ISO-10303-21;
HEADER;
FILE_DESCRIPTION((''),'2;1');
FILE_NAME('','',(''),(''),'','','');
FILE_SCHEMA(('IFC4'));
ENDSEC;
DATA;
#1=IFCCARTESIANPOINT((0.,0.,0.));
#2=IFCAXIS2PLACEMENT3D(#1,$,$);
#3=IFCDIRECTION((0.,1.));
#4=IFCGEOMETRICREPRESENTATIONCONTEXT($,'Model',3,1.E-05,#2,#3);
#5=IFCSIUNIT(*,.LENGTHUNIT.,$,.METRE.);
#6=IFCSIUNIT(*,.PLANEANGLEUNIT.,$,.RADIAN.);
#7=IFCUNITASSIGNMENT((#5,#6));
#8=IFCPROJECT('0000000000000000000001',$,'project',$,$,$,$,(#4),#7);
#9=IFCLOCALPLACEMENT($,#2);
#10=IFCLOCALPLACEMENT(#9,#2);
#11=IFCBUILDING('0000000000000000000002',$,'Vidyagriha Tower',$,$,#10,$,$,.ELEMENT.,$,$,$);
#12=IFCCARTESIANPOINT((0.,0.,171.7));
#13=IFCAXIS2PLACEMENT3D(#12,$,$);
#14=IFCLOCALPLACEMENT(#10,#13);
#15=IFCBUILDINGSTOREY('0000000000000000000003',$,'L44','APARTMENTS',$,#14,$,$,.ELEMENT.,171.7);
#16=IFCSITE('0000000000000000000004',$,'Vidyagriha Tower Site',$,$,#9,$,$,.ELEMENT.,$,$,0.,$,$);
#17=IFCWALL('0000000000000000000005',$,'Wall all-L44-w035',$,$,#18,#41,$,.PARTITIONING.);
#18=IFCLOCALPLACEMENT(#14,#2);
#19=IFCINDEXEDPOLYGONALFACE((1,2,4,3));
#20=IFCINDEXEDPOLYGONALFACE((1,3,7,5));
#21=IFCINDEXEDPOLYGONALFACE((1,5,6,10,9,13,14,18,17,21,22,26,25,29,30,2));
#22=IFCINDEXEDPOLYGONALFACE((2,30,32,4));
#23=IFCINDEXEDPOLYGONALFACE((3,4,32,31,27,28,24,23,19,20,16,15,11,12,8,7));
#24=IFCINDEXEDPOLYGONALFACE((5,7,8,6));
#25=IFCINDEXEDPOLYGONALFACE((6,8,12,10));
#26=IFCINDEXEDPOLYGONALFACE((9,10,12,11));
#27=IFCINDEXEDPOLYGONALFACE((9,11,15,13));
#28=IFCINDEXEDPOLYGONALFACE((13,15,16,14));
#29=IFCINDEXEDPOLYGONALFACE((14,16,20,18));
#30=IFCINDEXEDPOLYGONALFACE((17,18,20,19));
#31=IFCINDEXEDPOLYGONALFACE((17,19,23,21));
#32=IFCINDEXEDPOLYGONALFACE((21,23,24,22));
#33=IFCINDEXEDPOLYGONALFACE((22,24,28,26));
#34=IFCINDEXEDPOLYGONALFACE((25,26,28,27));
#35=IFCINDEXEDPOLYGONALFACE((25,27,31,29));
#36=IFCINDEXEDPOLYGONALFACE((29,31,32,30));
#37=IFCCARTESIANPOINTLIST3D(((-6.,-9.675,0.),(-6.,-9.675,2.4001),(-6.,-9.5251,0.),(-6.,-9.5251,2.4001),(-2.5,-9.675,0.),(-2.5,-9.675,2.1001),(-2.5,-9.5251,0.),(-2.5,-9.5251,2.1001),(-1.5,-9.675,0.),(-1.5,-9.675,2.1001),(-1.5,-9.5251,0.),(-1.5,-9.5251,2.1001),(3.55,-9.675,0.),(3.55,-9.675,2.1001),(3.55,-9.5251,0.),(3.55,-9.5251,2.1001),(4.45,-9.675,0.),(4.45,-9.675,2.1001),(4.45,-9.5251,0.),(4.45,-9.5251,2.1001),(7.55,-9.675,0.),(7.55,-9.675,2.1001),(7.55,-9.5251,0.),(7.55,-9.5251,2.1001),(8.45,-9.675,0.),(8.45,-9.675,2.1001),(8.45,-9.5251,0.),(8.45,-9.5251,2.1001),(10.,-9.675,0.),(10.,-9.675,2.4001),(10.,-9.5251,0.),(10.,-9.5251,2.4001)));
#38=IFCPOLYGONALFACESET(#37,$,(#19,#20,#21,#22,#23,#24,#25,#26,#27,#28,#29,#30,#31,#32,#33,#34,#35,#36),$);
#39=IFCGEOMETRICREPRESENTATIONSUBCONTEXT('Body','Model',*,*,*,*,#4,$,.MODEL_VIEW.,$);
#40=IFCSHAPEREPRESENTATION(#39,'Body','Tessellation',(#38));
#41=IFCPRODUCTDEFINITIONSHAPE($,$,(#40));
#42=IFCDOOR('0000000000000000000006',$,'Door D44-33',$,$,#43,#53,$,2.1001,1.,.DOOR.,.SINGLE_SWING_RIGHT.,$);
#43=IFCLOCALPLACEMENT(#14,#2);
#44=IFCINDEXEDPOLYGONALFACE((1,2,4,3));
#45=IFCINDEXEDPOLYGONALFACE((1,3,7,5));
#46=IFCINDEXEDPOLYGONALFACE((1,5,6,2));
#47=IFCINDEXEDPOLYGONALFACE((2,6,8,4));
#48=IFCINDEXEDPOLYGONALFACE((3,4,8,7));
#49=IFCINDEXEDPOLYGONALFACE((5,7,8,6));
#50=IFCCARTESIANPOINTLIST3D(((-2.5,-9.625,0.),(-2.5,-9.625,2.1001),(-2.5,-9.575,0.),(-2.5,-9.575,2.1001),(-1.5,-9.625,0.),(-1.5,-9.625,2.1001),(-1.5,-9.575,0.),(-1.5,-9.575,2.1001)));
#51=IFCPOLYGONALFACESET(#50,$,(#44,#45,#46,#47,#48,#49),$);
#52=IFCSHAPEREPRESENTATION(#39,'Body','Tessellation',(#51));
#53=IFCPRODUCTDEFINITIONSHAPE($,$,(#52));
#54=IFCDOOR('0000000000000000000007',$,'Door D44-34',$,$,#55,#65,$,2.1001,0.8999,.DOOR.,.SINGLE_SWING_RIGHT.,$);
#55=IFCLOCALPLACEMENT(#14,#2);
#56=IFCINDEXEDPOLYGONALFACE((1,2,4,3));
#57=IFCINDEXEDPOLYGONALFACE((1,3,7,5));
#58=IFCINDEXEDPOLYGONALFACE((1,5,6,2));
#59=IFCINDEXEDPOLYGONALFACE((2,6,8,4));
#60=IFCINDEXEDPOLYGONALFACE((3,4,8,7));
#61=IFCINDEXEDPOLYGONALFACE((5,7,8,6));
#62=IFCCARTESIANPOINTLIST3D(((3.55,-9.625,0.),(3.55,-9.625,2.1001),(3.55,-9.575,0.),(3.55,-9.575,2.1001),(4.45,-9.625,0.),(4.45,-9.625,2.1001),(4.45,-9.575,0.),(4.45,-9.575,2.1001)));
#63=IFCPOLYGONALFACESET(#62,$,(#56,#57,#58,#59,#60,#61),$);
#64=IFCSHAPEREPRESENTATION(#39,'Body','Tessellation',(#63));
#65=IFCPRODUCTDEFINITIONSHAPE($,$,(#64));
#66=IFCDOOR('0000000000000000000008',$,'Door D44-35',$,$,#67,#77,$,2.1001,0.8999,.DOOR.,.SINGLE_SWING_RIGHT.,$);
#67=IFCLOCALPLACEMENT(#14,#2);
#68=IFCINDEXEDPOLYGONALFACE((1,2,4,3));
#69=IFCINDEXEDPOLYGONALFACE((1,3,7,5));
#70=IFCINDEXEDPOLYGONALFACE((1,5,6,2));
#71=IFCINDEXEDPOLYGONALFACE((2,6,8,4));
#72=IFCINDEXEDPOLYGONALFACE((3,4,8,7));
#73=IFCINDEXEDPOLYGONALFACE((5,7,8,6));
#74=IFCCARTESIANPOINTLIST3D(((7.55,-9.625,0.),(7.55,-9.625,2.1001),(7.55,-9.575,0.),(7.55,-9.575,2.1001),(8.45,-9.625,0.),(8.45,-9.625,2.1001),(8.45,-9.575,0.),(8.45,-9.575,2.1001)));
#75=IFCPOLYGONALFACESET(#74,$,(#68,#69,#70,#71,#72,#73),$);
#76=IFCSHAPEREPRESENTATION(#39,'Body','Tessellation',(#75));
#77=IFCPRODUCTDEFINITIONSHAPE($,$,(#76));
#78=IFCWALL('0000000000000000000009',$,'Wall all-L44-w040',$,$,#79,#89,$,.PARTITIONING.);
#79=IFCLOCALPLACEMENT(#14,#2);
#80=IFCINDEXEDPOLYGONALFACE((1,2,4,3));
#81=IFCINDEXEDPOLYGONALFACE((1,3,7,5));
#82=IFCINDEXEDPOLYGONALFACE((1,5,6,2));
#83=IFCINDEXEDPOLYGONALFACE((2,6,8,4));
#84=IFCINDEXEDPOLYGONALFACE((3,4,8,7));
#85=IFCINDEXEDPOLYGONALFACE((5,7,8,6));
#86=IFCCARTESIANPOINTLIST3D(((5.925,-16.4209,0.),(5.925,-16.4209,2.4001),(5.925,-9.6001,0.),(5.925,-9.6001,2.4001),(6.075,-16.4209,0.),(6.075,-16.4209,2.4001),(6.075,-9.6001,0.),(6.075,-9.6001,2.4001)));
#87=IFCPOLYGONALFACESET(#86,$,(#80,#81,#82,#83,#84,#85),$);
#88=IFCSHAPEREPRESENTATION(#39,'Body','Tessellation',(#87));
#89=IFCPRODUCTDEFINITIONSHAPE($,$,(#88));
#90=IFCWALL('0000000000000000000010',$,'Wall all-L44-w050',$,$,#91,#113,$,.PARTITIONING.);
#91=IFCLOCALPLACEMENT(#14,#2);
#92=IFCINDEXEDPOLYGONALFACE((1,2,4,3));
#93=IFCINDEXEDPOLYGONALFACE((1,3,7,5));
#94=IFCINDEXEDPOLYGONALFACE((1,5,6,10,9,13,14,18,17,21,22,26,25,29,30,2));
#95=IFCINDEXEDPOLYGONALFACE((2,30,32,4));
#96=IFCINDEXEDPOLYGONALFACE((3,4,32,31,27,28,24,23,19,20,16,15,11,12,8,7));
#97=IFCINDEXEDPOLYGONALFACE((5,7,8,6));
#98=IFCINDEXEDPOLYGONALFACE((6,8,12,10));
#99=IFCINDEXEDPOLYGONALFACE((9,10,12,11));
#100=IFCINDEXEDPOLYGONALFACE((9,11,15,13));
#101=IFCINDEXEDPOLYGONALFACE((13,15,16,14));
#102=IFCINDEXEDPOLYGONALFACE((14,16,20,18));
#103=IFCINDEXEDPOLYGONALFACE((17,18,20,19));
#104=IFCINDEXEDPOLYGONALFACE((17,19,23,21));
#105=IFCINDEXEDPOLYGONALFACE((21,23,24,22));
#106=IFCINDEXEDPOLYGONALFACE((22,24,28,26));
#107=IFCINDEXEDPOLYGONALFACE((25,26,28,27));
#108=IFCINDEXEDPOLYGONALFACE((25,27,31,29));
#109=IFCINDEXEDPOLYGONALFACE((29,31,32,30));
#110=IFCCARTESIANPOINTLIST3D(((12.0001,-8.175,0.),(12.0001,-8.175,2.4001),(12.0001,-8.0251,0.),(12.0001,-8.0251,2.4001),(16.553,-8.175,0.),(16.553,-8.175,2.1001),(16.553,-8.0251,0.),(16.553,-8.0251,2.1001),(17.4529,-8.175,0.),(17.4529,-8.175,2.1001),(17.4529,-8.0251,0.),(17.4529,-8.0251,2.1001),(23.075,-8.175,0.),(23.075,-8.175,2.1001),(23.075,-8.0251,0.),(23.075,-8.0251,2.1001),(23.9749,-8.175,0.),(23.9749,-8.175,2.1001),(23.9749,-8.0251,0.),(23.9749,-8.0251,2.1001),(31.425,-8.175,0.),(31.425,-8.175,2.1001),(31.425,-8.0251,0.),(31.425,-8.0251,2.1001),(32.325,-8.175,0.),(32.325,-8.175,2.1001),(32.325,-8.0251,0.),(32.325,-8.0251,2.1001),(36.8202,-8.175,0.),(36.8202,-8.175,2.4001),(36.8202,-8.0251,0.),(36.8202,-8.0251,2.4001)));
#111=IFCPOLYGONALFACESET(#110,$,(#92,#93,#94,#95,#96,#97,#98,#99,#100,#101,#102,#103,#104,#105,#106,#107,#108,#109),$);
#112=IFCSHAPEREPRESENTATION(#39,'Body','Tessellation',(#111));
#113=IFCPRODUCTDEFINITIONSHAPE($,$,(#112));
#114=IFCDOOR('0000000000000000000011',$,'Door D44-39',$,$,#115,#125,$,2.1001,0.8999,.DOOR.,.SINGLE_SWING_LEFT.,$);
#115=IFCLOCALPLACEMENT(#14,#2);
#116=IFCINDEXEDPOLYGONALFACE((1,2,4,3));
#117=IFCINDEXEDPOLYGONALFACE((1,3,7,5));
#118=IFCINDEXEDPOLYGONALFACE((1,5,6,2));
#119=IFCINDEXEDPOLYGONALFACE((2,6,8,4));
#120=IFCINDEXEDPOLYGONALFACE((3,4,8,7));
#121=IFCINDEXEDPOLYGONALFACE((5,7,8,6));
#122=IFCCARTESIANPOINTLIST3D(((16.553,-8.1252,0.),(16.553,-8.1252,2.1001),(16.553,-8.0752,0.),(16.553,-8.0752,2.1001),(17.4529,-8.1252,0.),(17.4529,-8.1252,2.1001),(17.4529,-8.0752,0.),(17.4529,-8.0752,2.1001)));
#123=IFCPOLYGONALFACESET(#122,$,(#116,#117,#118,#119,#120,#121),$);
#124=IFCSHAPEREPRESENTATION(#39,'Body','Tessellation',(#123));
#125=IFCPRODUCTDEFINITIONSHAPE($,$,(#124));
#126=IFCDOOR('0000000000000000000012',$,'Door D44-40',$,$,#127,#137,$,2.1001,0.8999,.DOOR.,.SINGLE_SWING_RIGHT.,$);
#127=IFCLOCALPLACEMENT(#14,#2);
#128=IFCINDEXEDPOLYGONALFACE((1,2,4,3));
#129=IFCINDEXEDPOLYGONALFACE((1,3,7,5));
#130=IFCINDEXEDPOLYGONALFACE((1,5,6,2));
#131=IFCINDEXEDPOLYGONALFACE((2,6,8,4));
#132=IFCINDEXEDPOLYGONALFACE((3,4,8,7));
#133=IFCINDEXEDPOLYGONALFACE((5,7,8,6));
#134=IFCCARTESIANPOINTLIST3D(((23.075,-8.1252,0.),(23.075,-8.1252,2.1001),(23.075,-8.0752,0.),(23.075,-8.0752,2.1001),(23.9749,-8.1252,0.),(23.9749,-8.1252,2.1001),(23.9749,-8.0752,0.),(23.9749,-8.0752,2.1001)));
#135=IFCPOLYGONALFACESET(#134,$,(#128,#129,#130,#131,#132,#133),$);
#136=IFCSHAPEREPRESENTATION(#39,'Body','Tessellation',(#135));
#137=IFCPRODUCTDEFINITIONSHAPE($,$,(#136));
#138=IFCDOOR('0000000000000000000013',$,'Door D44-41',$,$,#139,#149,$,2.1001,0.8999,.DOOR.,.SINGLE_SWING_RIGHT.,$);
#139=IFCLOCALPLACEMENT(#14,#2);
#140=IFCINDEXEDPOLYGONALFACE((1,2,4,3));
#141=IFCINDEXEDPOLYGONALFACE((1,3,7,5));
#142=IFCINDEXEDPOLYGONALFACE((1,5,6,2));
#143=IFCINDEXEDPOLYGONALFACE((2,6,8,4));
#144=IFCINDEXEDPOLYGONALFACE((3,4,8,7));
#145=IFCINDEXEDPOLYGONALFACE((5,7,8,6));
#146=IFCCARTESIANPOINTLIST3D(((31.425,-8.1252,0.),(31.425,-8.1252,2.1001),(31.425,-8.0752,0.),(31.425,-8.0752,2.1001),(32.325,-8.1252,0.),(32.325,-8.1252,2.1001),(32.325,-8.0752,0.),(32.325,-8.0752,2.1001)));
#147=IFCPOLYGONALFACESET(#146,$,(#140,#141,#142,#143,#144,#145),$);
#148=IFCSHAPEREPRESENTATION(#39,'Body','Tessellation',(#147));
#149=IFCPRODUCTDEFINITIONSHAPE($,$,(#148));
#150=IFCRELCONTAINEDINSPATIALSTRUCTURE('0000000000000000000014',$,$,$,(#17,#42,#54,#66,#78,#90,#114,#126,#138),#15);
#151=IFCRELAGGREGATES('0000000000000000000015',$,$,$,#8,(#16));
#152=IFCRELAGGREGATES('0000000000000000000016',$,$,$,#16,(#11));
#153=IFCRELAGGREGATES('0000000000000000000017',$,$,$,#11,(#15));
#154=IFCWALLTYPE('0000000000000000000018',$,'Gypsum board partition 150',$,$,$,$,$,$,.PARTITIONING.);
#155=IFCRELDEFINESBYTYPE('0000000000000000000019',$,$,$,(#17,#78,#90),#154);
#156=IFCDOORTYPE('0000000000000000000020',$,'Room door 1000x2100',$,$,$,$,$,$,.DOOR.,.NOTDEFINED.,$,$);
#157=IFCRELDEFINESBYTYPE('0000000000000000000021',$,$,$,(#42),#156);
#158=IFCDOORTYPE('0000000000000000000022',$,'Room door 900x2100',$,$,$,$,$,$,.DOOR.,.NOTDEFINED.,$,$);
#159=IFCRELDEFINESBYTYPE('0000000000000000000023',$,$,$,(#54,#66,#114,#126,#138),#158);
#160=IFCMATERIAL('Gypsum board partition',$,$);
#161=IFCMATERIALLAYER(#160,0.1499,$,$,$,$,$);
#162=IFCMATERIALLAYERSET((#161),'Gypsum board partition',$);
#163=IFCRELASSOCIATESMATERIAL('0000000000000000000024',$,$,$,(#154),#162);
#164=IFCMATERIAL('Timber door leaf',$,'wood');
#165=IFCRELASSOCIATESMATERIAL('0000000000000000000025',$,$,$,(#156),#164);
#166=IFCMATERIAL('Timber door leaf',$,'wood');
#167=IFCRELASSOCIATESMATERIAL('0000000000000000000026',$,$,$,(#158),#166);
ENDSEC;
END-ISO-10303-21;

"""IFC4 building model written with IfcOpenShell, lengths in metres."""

from ifc_helpers import new_model, si_unit, direction, frame, frame_2d, origin, place, context, subcontext, project, spatial, rectangle, extrude, material, layer, layer_set, type_object, element, fill, save


model = new_model("IFC4")

# Units and contexts
model_context = context("Model", 3, precision=1e-05, world=origin(), true_north=direction((0.0, 1.0)))
body_context = subcontext(model_context, "Body", "Model", "MODEL_VIEW")
ifc_project = project(units=[si_unit("LENGTHUNIT", "METRE"), si_unit("PLANEANGLEUNIT", "RADIAN")], contexts=[model_context])

# Site, building, storey
site_placement = place(None, origin())
site = spatial("IfcSite", under=ifc_project, at=site_placement, Name="Vidyagriha Tower Site", CompositionType="ELEMENT", RefElevation=0.0)
building_placement = place(site_placement, origin())
building = spatial("IfcBuilding", under=site, at=building_placement, Name="Vidyagriha Tower", CompositionType="ELEMENT")
storey_placement = place(building_placement, frame((0.0, 0.0, 171.7)))
storey = spatial("IfcBuildingStorey", under=building, at=storey_placement, Name="L44", Description="APARTMENTS", CompositionType="ELEMENT", Elevation=171.7)

# Shared definitions
ifc_material_1 = material(Name="Gypsum board partition")
ifc_layer_1 = layer(ifc_material_1, 0.1499)
ifc_layer_set_1 = layer_set([ifc_layer_1], Name="Gypsum board partition")
wall_type_1 = type_object("IfcWallType", Name="Gypsum board partition 150", PredefinedType="PARTITIONING", material=ifc_layer_set_1)

# Wall, openings, doors
wall_1_placement = place(storey_placement, frame((10.0, -9.6001, 0.0), z_axis=(0.0, 0.0, 1.0), x_axis=(-1.0, 0.0, 0.0)))
wall_1 = element("IfcWall", 1, at=wall_1_placement, inside=storey, type_object=wall_type_1, Name="Wall all-L44-w035", PredefinedType="PARTITIONING", context=body_context, shape_type="SweptSolid", body=[
    extrude(rectangle(XDim=16.0, YDim=0.1499, at=frame_2d((8.0, 0.0))), origin(), (0.0, 0.0, 1.0), 2.4001),
])
opening_1_placement = place(wall_1_placement, frame((11.5, 0.0, 0.0)))
opening_1 = element("IfcOpeningElement", 2, at=opening_1_placement, cuts=wall_1, PredefinedType="OPENING", context=body_context, shape_type="SweptSolid", body=[
    extrude(rectangle(XDim=1.0, YDim=2.1001, at=frame_2d((0.5, 1.05))), frame((0.0, 0.085, 0.0), z_axis=(0.0, -1.0, 0.0), x_axis=(1.0, 0.0, 0.0)), (0.0, 0.0, 1.0), 0.1699),
])
opening_2_placement = place(wall_1_placement, frame((5.55, 0.0, 0.0)))
opening_2 = element("IfcOpeningElement", 3, at=opening_2_placement, cuts=wall_1, PredefinedType="OPENING", context=body_context, shape_type="SweptSolid", body=[
    extrude(rectangle(XDim=0.8999, YDim=2.1001, at=frame_2d((0.45, 1.05))), frame((0.0, 0.085, 0.0), z_axis=(0.0, -1.0, 0.0), x_axis=(1.0, 0.0, 0.0)), (0.0, 0.0, 1.0), 0.1699),
])
opening_3_placement = place(wall_1_placement, frame((1.55, 0.0, 0.0)))
opening_3 = element("IfcOpeningElement", 4, at=opening_3_placement, cuts=wall_1, PredefinedType="OPENING", context=body_context, shape_type="SweptSolid", body=[
    extrude(rectangle(XDim=0.8999, YDim=2.1001, at=frame_2d((0.45, 1.05))), frame((0.0, 0.085, 0.0), z_axis=(0.0, -1.0, 0.0), x_axis=(1.0, 0.0, 0.0)), (0.0, 0.0, 1.0), 0.1699),
])
ifc_material_2 = material(Name="Timber door leaf", Category="wood")
door_type_1 = type_object("IfcDoorType", Name="Room door 1000x2100", OperationType="NOTDEFINED", PredefinedType="DOOR", material=ifc_material_2)
door_1_placement = place(opening_1_placement, origin())
door_1 = element("IfcDoor", 5, at=door_1_placement, inside=storey, type_object=door_type_1, Name="Door D44-33", OperationType="SINGLE_SWING_RIGHT", OverallHeight=2.1001, OverallWidth=1.0, PredefinedType="DOOR", context=body_context, shape_type="SweptSolid", body=[
    extrude(rectangle(XDim=1.0, YDim=2.1001, at=frame_2d((0.5, 1.05))), frame((0.0, 0.0249, 0.0), z_axis=(0.0, -1.0, 0.0), x_axis=(1.0, 0.0, 0.0)), (0.0, 0.0, 1.0), 0.05),
])
fill(opening_1, door_1)
ifc_material_3 = material(Name="Timber door leaf", Category="wood")
door_type_2 = type_object("IfcDoorType", Name="Room door 900x2100", OperationType="NOTDEFINED", PredefinedType="DOOR", material=ifc_material_3)
door_2_placement = place(opening_2_placement, origin())
door_2 = element("IfcDoor", 6, at=door_2_placement, inside=storey, type_object=door_type_2, Name="Door D44-34", OperationType="SINGLE_SWING_RIGHT", OverallHeight=2.1001, OverallWidth=0.8999, PredefinedType="DOOR", context=body_context, shape_type="SweptSolid", body=[
    extrude(rectangle(XDim=0.8999, YDim=2.1001, at=frame_2d((0.45, 1.05))), frame((0.0, 0.0249, 0.0), z_axis=(0.0, -1.0, 0.0), x_axis=(1.0, 0.0, 0.0)), (0.0, 0.0, 1.0), 0.05),
])
fill(opening_2, door_2)
door_3_placement = place(opening_3_placement, origin())
door_3 = element("IfcDoor", 7, at=door_3_placement, inside=storey, type_object=door_type_2, Name="Door D44-35", OperationType="SINGLE_SWING_RIGHT", OverallHeight=2.1001, OverallWidth=0.8999, PredefinedType="DOOR", context=body_context, shape_type="SweptSolid", body=[
    extrude(rectangle(XDim=0.8999, YDim=2.1001, at=frame_2d((0.45, 1.05))), frame((0.0, 0.0249, 0.0), z_axis=(0.0, -1.0, 0.0), x_axis=(1.0, 0.0, 0.0)), (0.0, 0.0, 1.0), 0.05),
])
fill(opening_3, door_3)

# Wall
wall_2_placement = place(storey_placement, frame((6.0, -9.6001, 0.0), z_axis=(0.0, 0.0, 1.0), x_axis=(0.0, -1.0, 0.0)))
element("IfcWall", 8, at=wall_2_placement, inside=storey, type_object=wall_type_1, Name="Wall all-L44-w040", PredefinedType="PARTITIONING", context=body_context, shape_type="SweptSolid", body=[
    extrude(rectangle(XDim=6.8208, YDim=0.1499, at=frame_2d((3.4104, 0.0))), origin(), (0.0, 0.0, 1.0), 2.4001),
])

# Wall, openings, doors
wall_3_placement = place(storey_placement, frame((12.0, -8.1001, 0.0)))
wall_3 = element("IfcWall", 9, at=wall_3_placement, inside=storey, type_object=wall_type_1, Name="Wall all-L44-w050", PredefinedType="PARTITIONING", context=body_context, shape_type="SweptSolid", body=[
    extrude(rectangle(XDim=24.8201, YDim=0.1499, at=frame_2d((12.4102, 0.0))), origin(), (0.0, 0.0, 1.0), 2.4001),
])
opening_4_placement = place(wall_3_placement, frame((4.553, 0.0, 0.0)))
opening_4 = element("IfcOpeningElement", 10, at=opening_4_placement, cuts=wall_3, PredefinedType="OPENING", context=body_context, shape_type="SweptSolid", body=[
    extrude(rectangle(XDim=0.8999, YDim=2.1001, at=frame_2d((0.45, 1.05))), frame((0.0, 0.085, 0.0), z_axis=(0.0, -1.0, 0.0), x_axis=(1.0, 0.0, 0.0)), (0.0, 0.0, 1.0), 0.1699),
])
opening_5_placement = place(wall_3_placement, frame((11.075, 0.0, 0.0)))
opening_5 = element("IfcOpeningElement", 11, at=opening_5_placement, cuts=wall_3, PredefinedType="OPENING", context=body_context, shape_type="SweptSolid", body=[
    extrude(rectangle(XDim=0.8999, YDim=2.1001, at=frame_2d((0.45, 1.05))), frame((0.0, 0.085, 0.0), z_axis=(0.0, -1.0, 0.0), x_axis=(1.0, 0.0, 0.0)), (0.0, 0.0, 1.0), 0.1699),
])
opening_6_placement = place(wall_3_placement, frame((19.425, 0.0, 0.0)))
opening_6 = element("IfcOpeningElement", 12, at=opening_6_placement, cuts=wall_3, PredefinedType="OPENING", context=body_context, shape_type="SweptSolid", body=[
    extrude(rectangle(XDim=0.8999, YDim=2.1001, at=frame_2d((0.45, 1.05))), frame((0.0, 0.085, 0.0), z_axis=(0.0, -1.0, 0.0), x_axis=(1.0, 0.0, 0.0)), (0.0, 0.0, 1.0), 0.1699),
])
door_4_placement = place(opening_4_placement, origin())
door_4 = element("IfcDoor", 13, at=door_4_placement, inside=storey, type_object=door_type_2, Name="Door D44-39", OperationType="SINGLE_SWING_LEFT", OverallHeight=2.1001, OverallWidth=0.8999, PredefinedType="DOOR", context=body_context, shape_type="SweptSolid", body=[
    extrude(rectangle(XDim=0.8999, YDim=2.1001, at=frame_2d((0.45, 1.05))), frame((0.0, 0.0249, 0.0), z_axis=(0.0, -1.0, 0.0), x_axis=(1.0, 0.0, 0.0)), (0.0, 0.0, 1.0), 0.05),
])
fill(opening_4, door_4)
door_5_placement = place(opening_5_placement, origin())
door_5 = element("IfcDoor", 14, at=door_5_placement, inside=storey, type_object=door_type_2, Name="Door D44-40", OperationType="SINGLE_SWING_RIGHT", OverallHeight=2.1001, OverallWidth=0.8999, PredefinedType="DOOR", context=body_context, shape_type="SweptSolid", body=[
    extrude(rectangle(XDim=0.8999, YDim=2.1001, at=frame_2d((0.45, 1.05))), frame((0.0, 0.0249, 0.0), z_axis=(0.0, -1.0, 0.0), x_axis=(1.0, 0.0, 0.0)), (0.0, 0.0, 1.0), 0.05),
])
fill(opening_5, door_5)
door_6_placement = place(opening_6_placement, origin())
door_6 = element("IfcDoor", 15, at=door_6_placement, inside=storey, type_object=door_type_2, Name="Door D44-41", OperationType="SINGLE_SWING_RIGHT", OverallHeight=2.1001, OverallWidth=0.8999, PredefinedType="DOOR", context=body_context, shape_type="SweptSolid", body=[
    extrude(rectangle(XDim=0.8999, YDim=2.1001, at=frame_2d((0.45, 1.05))), frame((0.0, 0.0249, 0.0), z_axis=(0.0, -1.0, 0.0), x_axis=(1.0, 0.0, 0.0)), (0.0, 0.0, 1.0), 0.05),
])
fill(opening_6, door_6)

save(model, "model.ifc")
